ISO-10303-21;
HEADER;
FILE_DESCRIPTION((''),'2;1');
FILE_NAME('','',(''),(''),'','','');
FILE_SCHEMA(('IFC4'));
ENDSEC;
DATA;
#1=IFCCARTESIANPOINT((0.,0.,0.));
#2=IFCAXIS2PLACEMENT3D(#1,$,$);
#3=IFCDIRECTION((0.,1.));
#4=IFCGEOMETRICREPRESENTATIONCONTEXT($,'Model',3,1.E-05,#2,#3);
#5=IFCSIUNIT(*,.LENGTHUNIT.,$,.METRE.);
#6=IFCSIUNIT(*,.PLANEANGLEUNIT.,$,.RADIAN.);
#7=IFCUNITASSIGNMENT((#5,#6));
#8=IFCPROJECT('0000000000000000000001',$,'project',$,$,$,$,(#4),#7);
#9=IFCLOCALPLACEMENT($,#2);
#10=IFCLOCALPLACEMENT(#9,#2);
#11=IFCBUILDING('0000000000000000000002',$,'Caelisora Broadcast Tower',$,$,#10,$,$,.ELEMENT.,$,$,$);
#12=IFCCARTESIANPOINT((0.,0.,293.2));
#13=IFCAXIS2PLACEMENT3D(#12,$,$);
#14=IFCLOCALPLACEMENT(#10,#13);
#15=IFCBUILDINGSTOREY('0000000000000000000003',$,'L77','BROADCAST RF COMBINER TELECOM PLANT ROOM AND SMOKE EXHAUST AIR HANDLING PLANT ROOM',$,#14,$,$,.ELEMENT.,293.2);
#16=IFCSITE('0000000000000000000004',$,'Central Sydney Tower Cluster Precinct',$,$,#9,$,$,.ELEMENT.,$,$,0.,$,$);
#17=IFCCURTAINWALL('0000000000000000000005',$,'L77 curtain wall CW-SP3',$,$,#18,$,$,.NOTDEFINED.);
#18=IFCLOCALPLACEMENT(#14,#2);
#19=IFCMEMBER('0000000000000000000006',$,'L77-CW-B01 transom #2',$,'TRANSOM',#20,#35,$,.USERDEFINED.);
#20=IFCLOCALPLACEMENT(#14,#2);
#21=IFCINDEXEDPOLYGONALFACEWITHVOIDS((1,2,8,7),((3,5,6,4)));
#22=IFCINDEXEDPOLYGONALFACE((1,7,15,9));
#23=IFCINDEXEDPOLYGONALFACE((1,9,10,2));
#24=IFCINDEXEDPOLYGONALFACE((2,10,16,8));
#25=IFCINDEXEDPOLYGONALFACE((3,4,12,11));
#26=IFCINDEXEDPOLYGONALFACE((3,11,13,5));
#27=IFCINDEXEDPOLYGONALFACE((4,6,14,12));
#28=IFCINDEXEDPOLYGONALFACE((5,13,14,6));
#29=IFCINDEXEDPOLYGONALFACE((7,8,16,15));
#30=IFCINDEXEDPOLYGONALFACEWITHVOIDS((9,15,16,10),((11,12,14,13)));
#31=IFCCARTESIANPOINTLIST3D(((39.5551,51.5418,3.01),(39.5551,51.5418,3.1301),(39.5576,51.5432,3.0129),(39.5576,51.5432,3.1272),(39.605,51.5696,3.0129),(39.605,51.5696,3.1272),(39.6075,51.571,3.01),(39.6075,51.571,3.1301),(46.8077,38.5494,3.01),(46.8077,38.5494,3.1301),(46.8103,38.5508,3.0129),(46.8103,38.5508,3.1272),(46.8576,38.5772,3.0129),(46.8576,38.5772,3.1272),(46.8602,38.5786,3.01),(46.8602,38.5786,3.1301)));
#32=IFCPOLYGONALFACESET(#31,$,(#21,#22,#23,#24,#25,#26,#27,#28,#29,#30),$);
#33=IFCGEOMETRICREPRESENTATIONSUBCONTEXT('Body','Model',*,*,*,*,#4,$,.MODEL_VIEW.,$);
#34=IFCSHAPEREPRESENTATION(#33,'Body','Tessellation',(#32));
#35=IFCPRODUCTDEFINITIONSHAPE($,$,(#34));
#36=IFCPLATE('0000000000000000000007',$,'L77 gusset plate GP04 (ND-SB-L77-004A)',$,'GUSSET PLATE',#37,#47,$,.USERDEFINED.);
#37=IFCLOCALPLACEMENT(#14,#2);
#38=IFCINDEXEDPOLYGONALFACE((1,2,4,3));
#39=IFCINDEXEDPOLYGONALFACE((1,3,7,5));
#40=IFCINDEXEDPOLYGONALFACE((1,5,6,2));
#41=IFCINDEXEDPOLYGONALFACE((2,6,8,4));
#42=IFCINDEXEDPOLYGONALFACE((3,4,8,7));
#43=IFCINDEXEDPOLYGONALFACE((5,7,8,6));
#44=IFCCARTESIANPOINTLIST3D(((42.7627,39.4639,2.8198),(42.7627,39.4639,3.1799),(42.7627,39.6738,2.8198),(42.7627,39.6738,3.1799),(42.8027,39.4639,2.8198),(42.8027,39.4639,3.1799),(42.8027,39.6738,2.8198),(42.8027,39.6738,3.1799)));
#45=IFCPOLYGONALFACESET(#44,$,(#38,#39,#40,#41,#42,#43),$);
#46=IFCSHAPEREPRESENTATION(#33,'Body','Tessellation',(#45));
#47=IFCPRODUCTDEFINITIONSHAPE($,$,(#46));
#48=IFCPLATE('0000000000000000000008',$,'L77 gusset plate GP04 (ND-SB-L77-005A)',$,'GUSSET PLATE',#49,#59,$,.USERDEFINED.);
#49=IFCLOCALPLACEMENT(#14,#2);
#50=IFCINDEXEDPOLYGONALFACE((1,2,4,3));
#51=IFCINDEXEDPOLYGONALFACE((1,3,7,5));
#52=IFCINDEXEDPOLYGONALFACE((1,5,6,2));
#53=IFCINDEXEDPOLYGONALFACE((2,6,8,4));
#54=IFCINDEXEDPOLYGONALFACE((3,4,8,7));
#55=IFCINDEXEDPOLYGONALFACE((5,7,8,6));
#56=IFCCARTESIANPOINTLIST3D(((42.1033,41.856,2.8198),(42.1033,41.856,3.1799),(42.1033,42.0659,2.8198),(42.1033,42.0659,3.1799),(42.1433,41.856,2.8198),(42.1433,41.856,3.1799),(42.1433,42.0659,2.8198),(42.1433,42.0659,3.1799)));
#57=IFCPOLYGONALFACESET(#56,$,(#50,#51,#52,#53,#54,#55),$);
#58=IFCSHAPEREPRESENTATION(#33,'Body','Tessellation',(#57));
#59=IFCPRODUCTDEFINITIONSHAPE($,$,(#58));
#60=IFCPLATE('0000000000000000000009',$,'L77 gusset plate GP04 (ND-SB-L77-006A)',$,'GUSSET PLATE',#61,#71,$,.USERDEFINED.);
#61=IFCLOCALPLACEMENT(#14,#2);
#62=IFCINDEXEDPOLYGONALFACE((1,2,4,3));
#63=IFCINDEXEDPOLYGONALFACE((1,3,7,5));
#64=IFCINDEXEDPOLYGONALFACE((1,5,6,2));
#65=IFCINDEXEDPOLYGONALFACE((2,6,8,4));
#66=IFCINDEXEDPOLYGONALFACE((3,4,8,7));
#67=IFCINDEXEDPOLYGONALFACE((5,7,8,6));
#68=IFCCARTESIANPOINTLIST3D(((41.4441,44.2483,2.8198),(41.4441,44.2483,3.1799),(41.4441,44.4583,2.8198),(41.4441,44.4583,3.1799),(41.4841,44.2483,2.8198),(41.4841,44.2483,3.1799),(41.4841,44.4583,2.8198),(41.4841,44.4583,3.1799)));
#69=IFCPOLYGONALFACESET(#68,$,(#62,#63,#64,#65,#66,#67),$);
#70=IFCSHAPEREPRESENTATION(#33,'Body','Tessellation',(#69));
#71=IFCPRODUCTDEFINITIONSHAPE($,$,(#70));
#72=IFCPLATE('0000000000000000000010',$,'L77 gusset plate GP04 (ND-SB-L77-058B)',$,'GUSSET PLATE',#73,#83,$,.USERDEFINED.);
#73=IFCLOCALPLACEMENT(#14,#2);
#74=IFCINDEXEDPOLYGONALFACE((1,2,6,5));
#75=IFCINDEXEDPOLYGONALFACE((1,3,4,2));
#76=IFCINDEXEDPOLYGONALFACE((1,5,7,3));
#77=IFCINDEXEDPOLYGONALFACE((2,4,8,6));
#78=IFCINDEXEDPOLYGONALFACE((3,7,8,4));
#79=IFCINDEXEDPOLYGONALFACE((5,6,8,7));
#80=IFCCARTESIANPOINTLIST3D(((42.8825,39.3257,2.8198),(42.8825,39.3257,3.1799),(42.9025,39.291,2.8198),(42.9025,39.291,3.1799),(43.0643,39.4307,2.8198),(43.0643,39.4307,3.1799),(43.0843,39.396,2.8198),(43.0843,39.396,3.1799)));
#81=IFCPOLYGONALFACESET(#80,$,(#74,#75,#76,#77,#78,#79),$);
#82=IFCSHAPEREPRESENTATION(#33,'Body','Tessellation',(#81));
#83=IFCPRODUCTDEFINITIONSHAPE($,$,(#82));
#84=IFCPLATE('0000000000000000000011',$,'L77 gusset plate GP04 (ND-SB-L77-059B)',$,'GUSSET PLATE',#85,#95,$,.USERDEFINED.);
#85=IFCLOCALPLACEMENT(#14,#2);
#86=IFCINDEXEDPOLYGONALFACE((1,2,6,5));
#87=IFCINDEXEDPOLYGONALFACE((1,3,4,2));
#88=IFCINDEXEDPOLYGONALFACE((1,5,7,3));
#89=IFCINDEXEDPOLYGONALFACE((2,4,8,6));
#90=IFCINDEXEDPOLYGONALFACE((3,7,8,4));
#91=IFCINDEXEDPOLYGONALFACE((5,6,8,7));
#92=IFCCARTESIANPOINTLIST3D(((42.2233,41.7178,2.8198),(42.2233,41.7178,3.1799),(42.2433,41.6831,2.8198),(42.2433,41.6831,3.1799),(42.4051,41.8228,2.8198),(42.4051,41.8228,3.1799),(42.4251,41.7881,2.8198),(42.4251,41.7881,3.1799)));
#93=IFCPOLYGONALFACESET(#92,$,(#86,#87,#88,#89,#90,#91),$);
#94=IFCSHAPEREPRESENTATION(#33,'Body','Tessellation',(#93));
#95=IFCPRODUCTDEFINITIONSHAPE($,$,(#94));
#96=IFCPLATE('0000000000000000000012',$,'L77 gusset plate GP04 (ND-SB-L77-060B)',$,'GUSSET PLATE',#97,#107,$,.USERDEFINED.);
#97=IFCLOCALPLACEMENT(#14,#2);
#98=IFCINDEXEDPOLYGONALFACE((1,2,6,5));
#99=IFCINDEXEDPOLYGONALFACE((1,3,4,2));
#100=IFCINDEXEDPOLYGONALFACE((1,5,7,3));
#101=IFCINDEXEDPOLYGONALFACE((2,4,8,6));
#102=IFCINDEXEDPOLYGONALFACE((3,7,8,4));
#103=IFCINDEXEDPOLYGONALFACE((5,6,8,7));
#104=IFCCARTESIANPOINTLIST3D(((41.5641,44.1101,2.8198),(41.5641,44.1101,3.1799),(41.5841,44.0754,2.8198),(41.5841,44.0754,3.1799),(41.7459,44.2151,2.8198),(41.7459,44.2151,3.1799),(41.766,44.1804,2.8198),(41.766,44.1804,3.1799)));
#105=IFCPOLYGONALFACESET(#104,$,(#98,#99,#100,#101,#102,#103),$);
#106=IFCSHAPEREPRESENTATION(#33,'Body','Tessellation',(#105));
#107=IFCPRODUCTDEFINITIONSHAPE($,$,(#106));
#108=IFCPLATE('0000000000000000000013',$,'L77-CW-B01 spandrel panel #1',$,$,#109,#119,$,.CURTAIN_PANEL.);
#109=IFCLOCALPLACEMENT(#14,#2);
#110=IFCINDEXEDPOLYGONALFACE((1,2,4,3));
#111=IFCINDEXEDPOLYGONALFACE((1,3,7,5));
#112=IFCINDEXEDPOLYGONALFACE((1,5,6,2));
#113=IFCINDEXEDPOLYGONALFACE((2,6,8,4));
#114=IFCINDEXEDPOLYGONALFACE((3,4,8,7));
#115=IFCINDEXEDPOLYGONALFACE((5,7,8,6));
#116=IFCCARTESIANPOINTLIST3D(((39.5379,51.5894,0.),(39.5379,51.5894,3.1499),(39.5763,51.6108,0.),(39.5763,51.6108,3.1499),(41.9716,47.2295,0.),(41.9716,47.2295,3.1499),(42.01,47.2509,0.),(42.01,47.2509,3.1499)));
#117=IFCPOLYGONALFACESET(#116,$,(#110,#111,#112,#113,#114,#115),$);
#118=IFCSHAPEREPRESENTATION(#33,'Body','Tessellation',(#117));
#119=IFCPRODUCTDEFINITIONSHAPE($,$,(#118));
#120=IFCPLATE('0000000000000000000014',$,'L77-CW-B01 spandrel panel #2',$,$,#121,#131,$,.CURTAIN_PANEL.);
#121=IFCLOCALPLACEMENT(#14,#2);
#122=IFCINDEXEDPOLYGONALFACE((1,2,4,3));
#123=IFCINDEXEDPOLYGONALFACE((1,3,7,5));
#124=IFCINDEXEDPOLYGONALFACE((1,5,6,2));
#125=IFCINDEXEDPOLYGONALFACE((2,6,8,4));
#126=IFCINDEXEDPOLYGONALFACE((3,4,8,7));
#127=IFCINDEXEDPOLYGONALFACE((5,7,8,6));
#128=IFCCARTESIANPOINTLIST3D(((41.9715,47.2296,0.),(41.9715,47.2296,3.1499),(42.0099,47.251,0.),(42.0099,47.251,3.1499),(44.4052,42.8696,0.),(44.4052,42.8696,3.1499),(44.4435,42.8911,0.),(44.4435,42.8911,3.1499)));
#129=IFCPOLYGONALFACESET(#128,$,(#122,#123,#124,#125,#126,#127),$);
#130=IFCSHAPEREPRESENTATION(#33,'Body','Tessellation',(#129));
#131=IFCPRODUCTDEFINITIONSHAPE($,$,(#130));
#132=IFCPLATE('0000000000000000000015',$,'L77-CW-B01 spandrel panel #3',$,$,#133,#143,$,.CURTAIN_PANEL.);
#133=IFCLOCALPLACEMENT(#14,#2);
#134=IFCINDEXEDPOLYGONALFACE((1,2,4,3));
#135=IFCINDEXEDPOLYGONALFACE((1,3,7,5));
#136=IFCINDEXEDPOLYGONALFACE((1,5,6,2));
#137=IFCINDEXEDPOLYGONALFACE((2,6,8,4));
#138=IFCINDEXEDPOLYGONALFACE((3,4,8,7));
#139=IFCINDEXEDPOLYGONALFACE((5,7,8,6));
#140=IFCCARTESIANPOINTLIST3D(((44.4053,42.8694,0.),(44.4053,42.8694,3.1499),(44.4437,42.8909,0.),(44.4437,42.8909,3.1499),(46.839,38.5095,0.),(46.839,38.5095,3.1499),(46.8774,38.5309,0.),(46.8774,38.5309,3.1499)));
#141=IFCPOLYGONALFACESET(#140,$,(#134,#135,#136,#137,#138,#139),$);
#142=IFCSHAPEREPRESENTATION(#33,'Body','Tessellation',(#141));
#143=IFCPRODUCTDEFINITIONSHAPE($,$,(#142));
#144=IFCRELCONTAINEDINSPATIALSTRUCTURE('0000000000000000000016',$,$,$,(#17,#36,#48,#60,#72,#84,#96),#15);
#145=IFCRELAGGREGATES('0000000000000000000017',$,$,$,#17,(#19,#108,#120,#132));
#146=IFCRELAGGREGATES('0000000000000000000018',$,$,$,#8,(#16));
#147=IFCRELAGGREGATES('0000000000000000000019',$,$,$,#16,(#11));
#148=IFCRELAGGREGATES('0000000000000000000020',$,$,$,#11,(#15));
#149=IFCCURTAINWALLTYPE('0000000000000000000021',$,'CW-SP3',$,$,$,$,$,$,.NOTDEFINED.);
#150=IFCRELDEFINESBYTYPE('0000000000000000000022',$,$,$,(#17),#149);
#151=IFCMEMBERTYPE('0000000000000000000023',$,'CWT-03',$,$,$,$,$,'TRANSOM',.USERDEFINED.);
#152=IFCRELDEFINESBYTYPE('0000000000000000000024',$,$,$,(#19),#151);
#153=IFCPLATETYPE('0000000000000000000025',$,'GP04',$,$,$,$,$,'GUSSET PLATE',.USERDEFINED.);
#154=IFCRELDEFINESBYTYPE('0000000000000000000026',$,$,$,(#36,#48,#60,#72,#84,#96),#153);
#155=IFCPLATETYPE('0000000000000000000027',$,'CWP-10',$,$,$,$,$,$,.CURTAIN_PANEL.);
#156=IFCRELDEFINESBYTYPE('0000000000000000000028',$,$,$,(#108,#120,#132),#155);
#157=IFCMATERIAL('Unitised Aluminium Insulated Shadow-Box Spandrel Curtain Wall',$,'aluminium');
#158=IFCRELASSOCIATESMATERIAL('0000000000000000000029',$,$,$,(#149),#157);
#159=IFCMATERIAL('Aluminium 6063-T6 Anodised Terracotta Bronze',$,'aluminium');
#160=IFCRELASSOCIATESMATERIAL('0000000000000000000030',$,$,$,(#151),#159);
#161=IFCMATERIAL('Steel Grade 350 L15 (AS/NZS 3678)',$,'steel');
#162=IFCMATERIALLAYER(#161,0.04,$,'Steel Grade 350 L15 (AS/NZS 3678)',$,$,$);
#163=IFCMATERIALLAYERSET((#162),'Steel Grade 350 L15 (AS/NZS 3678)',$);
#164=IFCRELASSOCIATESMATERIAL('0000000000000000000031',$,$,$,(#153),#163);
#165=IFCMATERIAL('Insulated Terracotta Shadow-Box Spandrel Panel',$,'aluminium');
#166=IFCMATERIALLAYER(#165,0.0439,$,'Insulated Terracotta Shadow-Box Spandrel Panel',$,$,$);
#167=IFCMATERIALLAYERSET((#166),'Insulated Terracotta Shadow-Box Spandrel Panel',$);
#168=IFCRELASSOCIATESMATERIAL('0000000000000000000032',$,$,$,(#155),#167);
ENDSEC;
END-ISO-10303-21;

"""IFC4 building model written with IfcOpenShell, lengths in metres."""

from ifc_helpers import new_model, si_unit, direction, frame, origin, origin_2d, place, context, subcontext, project, spatial, rectangle, hollow_rectangle, extrude, source, transform, mapped, material, layer, layer_set, material_profile, profile_set, type_object, type_shapes, element, aggregate, save


model = new_model("IFC4")

# Units and contexts
model_context = context("Model", 3, precision=1e-05, world=origin(), true_north=direction((0.0, 1.0)))
body_context = subcontext(model_context, "Body", "Model", "MODEL_VIEW")
ifc_project = project(units=[si_unit("LENGTHUNIT", "METRE"), si_unit("PLANEANGLEUNIT", "RADIAN")], contexts=[model_context])

# Site, building, storey
site_placement = place(None, origin())
site = spatial("IfcSite", under=ifc_project, at=site_placement, Name="Central Sydney Tower Cluster Precinct", CompositionType="ELEMENT", RefElevation=0.0)
building_placement = place(site_placement, origin())
building = spatial("IfcBuilding", under=site, at=building_placement, Name="Caelisora Broadcast Tower", CompositionType="ELEMENT")
storey_placement = place(building_placement, frame((0.0, 0.0, 293.2)))
storey = spatial("IfcBuildingStorey", under=building, at=storey_placement, Name="L77", Description="BROADCAST RF COMBINER TELECOM PLANT ROOM AND SMOKE EXHAUST AIR HANDLING PLANT ROOM", CompositionType="ELEMENT", Elevation=293.2)

# Curtain wall, member
ifc_material_1 = material(Name="Unitised Aluminium Insulated Shadow-Box Spandrel Curtain Wall", Category="aluminium")
curtain_wall_type = type_object("IfcCurtainWallType", Name="CW-SP3", PredefinedType="NOTDEFINED", material=ifc_material_1)
curtain_wall_placement = place(storey_placement, origin())
curtain_wall = element("IfcCurtainWall", 1, at=curtain_wall_placement, inside=storey, type_object=curtain_wall_type, Name="L77 curtain wall CW-SP3", PredefinedType="NOTDEFINED")
ifc_material_2 = material(Name="Aluminium 6063-T6 Anodised Terracotta Bronze", Category="aluminium")
ifc_material_profile_1 = material_profile(ifc_material_2, hollow_rectangle(XDim=0.0601, YDim=0.1201, WallThickness=0.0029, at=origin_2d()), Name="Aluminium 6063-T6 Anodised Terracotta Bronze")
ifc_profile_set_1 = profile_set([ifc_material_profile_1], Name="Aluminium 6063-T6 Anodised Terracotta Bronze")
member_type_1 = type_object("IfcMemberType", Name="CWT-03", ElementType="TRANSOM", PredefinedType="USERDEFINED", material=ifc_profile_set_1)
shared_shape_1 = source(origin(), body_context, "Body", "SweptSolid", [
    extrude(hollow_rectangle(XDim=0.0601, YDim=0.1201, WallThickness=0.0029, at=origin_2d()), origin(), (0.0, 0.0, 1.0), 14.8796),
])
type_shapes(member_type_1, [shared_shape_1])
member_1_placement = place(storey_placement, frame((39.5813, 51.5564, 3.0701), z_axis=(0.487422, -0.873166, 0.0), x_axis=(0.873166, 0.487422, 0.0)))
member_1 = element("IfcMember", 2, at=member_1_placement, type_object=member_type_1, Name="L77-CW-B01 transom #2", ObjectType="TRANSOM", PredefinedType="USERDEFINED", context=body_context, shape_type="MappedRepresentation", body=[
    mapped(shared_shape_1, transform((0.0, 0.0, 0.0), scale=1.0)),
])

# Plates
ifc_material_3 = material(Name="Steel Grade 350 L15 (AS/NZS 3678)", Category="steel")
ifc_layer_1 = layer(ifc_material_3, 0.04, Name="Steel Grade 350 L15 (AS/NZS 3678)")
ifc_layer_set_1 = layer_set([ifc_layer_1], Name="Steel Grade 350 L15 (AS/NZS 3678)")
plate_type_1 = type_object("IfcPlateType", Name="GP04", ElementType="GUSSET PLATE", PredefinedType="USERDEFINED", material=ifc_layer_set_1)
shared_shape_2 = source(origin(), body_context, "Body", "SweptSolid", [
    extrude(rectangle(XDim=0.21, YDim=0.04, at=origin_2d()), origin(), (0.0, 0.0, 1.0), 0.3601),
])
type_shapes(plate_type_1, [shared_shape_2])
for number, where, z_axis, x_axis, name in (
    (3, (42.7827, 39.5688, 2.8198), (0.0, 0.0, 1.0), (0.0, -1.0, 0.0), "L77 gusset plate GP04 (ND-SB-L77-004A)"),
    (4, (42.1233, 41.9609, 2.8198), (0.0, 0.0, 1.0), (0.0, -1.0, 0.0), "L77 gusset plate GP04 (ND-SB-L77-005A)"),
    (5, (41.4641, 44.3533, 2.8198), (0.0, 0.0, 1.0), (0.0, -1.0, 0.0), "L77 gusset plate GP04 (ND-SB-L77-006A)"),
    (6, (42.9834, 39.3608, 2.8198), (0.0, 0.0, 1.0), (-0.866025, -0.5, 0.0), "L77 gusset plate GP04 (ND-SB-L77-058B)"),
    (7, (42.3242, 41.7529, 2.8198), (0.0, 0.0, 1.0), (-0.866025, -0.5, 0.0), "L77 gusset plate GP04 (ND-SB-L77-059B)"),
    (8, (41.665, 44.1453, 2.8198), (0.0, 0.0, 1.0), (-0.866025, -0.5, 0.0), "L77 gusset plate GP04 (ND-SB-L77-060B)"),
):
    element("IfcPlate", number, at=place(storey_placement, frame(where, z_axis=z_axis, x_axis=x_axis)), inside=storey, type_object=plate_type_1, Name=name, ObjectType="GUSSET PLATE", PredefinedType="USERDEFINED", context=body_context, shape_type="MappedRepresentation", body=[
        mapped(shared_shape_2, transform((0.0, 0.0, 0.0), scale=1.0)),
    ])

# Plates
ifc_material_4 = material(Name="Insulated Terracotta Shadow-Box Spandrel Panel", Category="aluminium")
ifc_layer_2 = layer(ifc_material_4, 0.0439, Name="Insulated Terracotta Shadow-Box Spandrel Panel")
ifc_layer_set_2 = layer_set([ifc_layer_2], Name="Insulated Terracotta Shadow-Box Spandrel Panel")
plate_type_2 = type_object("IfcPlateType", Name="CWP-10", PredefinedType="CURTAIN_PANEL", material=ifc_layer_set_2)
shared_shape_3 = source(origin(), body_context, "Body", "SweptSolid", [
    extrude(rectangle(XDim=4.9932, YDim=0.0439, at=origin_2d()), origin(), (0.0, 0.0, 1.0), 3.1499),
])
type_shapes(plate_type_2, [shared_shape_3])
plate_1_placement = place(storey_placement, frame((40.7739, 49.4202, 0.0), z_axis=(0.0, 0.0, 1.0), x_axis=(0.487403, -0.873177, 0.0)))
plate_1 = element("IfcPlate", 9, at=plate_1_placement, type_object=plate_type_2, Name="L77-CW-B01 spandrel panel #1", PredefinedType="CURTAIN_PANEL", context=body_context, shape_type="MappedRepresentation", body=[
    mapped(shared_shape_3, transform((0.0, 0.0, 0.0), scale=1.0)),
])
plate_2_placement = place(storey_placement, frame((43.2075, 45.0603, 0.0), z_axis=(0.0, 0.0, 1.0), x_axis=(0.487403, -0.873177, 0.0)))
plate_2 = element("IfcPlate", 10, at=plate_2_placement, type_object=plate_type_2, Name="L77-CW-B01 spandrel panel #2", PredefinedType="CURTAIN_PANEL", context=body_context, shape_type="MappedRepresentation", body=[
    mapped(shared_shape_3, transform((0.0, 0.0, 0.0), scale=1.0)),
])
plate_3_placement = place(storey_placement, frame((45.6414, 40.7002, 0.0), z_axis=(0.0, 0.0, 1.0), x_axis=(0.487403, -0.873177, 0.0)))
plate_3 = element("IfcPlate", 11, at=plate_3_placement, type_object=plate_type_2, Name="L77-CW-B01 spandrel panel #3", PredefinedType="CURTAIN_PANEL", context=body_context, shape_type="MappedRepresentation", body=[
    mapped(shared_shape_3, transform((0.0, 0.0, 0.0), scale=1.0)),
])
aggregate(curtain_wall, [member_1, plate_1, plate_2, plate_3])

save(model, "model.ifc")
